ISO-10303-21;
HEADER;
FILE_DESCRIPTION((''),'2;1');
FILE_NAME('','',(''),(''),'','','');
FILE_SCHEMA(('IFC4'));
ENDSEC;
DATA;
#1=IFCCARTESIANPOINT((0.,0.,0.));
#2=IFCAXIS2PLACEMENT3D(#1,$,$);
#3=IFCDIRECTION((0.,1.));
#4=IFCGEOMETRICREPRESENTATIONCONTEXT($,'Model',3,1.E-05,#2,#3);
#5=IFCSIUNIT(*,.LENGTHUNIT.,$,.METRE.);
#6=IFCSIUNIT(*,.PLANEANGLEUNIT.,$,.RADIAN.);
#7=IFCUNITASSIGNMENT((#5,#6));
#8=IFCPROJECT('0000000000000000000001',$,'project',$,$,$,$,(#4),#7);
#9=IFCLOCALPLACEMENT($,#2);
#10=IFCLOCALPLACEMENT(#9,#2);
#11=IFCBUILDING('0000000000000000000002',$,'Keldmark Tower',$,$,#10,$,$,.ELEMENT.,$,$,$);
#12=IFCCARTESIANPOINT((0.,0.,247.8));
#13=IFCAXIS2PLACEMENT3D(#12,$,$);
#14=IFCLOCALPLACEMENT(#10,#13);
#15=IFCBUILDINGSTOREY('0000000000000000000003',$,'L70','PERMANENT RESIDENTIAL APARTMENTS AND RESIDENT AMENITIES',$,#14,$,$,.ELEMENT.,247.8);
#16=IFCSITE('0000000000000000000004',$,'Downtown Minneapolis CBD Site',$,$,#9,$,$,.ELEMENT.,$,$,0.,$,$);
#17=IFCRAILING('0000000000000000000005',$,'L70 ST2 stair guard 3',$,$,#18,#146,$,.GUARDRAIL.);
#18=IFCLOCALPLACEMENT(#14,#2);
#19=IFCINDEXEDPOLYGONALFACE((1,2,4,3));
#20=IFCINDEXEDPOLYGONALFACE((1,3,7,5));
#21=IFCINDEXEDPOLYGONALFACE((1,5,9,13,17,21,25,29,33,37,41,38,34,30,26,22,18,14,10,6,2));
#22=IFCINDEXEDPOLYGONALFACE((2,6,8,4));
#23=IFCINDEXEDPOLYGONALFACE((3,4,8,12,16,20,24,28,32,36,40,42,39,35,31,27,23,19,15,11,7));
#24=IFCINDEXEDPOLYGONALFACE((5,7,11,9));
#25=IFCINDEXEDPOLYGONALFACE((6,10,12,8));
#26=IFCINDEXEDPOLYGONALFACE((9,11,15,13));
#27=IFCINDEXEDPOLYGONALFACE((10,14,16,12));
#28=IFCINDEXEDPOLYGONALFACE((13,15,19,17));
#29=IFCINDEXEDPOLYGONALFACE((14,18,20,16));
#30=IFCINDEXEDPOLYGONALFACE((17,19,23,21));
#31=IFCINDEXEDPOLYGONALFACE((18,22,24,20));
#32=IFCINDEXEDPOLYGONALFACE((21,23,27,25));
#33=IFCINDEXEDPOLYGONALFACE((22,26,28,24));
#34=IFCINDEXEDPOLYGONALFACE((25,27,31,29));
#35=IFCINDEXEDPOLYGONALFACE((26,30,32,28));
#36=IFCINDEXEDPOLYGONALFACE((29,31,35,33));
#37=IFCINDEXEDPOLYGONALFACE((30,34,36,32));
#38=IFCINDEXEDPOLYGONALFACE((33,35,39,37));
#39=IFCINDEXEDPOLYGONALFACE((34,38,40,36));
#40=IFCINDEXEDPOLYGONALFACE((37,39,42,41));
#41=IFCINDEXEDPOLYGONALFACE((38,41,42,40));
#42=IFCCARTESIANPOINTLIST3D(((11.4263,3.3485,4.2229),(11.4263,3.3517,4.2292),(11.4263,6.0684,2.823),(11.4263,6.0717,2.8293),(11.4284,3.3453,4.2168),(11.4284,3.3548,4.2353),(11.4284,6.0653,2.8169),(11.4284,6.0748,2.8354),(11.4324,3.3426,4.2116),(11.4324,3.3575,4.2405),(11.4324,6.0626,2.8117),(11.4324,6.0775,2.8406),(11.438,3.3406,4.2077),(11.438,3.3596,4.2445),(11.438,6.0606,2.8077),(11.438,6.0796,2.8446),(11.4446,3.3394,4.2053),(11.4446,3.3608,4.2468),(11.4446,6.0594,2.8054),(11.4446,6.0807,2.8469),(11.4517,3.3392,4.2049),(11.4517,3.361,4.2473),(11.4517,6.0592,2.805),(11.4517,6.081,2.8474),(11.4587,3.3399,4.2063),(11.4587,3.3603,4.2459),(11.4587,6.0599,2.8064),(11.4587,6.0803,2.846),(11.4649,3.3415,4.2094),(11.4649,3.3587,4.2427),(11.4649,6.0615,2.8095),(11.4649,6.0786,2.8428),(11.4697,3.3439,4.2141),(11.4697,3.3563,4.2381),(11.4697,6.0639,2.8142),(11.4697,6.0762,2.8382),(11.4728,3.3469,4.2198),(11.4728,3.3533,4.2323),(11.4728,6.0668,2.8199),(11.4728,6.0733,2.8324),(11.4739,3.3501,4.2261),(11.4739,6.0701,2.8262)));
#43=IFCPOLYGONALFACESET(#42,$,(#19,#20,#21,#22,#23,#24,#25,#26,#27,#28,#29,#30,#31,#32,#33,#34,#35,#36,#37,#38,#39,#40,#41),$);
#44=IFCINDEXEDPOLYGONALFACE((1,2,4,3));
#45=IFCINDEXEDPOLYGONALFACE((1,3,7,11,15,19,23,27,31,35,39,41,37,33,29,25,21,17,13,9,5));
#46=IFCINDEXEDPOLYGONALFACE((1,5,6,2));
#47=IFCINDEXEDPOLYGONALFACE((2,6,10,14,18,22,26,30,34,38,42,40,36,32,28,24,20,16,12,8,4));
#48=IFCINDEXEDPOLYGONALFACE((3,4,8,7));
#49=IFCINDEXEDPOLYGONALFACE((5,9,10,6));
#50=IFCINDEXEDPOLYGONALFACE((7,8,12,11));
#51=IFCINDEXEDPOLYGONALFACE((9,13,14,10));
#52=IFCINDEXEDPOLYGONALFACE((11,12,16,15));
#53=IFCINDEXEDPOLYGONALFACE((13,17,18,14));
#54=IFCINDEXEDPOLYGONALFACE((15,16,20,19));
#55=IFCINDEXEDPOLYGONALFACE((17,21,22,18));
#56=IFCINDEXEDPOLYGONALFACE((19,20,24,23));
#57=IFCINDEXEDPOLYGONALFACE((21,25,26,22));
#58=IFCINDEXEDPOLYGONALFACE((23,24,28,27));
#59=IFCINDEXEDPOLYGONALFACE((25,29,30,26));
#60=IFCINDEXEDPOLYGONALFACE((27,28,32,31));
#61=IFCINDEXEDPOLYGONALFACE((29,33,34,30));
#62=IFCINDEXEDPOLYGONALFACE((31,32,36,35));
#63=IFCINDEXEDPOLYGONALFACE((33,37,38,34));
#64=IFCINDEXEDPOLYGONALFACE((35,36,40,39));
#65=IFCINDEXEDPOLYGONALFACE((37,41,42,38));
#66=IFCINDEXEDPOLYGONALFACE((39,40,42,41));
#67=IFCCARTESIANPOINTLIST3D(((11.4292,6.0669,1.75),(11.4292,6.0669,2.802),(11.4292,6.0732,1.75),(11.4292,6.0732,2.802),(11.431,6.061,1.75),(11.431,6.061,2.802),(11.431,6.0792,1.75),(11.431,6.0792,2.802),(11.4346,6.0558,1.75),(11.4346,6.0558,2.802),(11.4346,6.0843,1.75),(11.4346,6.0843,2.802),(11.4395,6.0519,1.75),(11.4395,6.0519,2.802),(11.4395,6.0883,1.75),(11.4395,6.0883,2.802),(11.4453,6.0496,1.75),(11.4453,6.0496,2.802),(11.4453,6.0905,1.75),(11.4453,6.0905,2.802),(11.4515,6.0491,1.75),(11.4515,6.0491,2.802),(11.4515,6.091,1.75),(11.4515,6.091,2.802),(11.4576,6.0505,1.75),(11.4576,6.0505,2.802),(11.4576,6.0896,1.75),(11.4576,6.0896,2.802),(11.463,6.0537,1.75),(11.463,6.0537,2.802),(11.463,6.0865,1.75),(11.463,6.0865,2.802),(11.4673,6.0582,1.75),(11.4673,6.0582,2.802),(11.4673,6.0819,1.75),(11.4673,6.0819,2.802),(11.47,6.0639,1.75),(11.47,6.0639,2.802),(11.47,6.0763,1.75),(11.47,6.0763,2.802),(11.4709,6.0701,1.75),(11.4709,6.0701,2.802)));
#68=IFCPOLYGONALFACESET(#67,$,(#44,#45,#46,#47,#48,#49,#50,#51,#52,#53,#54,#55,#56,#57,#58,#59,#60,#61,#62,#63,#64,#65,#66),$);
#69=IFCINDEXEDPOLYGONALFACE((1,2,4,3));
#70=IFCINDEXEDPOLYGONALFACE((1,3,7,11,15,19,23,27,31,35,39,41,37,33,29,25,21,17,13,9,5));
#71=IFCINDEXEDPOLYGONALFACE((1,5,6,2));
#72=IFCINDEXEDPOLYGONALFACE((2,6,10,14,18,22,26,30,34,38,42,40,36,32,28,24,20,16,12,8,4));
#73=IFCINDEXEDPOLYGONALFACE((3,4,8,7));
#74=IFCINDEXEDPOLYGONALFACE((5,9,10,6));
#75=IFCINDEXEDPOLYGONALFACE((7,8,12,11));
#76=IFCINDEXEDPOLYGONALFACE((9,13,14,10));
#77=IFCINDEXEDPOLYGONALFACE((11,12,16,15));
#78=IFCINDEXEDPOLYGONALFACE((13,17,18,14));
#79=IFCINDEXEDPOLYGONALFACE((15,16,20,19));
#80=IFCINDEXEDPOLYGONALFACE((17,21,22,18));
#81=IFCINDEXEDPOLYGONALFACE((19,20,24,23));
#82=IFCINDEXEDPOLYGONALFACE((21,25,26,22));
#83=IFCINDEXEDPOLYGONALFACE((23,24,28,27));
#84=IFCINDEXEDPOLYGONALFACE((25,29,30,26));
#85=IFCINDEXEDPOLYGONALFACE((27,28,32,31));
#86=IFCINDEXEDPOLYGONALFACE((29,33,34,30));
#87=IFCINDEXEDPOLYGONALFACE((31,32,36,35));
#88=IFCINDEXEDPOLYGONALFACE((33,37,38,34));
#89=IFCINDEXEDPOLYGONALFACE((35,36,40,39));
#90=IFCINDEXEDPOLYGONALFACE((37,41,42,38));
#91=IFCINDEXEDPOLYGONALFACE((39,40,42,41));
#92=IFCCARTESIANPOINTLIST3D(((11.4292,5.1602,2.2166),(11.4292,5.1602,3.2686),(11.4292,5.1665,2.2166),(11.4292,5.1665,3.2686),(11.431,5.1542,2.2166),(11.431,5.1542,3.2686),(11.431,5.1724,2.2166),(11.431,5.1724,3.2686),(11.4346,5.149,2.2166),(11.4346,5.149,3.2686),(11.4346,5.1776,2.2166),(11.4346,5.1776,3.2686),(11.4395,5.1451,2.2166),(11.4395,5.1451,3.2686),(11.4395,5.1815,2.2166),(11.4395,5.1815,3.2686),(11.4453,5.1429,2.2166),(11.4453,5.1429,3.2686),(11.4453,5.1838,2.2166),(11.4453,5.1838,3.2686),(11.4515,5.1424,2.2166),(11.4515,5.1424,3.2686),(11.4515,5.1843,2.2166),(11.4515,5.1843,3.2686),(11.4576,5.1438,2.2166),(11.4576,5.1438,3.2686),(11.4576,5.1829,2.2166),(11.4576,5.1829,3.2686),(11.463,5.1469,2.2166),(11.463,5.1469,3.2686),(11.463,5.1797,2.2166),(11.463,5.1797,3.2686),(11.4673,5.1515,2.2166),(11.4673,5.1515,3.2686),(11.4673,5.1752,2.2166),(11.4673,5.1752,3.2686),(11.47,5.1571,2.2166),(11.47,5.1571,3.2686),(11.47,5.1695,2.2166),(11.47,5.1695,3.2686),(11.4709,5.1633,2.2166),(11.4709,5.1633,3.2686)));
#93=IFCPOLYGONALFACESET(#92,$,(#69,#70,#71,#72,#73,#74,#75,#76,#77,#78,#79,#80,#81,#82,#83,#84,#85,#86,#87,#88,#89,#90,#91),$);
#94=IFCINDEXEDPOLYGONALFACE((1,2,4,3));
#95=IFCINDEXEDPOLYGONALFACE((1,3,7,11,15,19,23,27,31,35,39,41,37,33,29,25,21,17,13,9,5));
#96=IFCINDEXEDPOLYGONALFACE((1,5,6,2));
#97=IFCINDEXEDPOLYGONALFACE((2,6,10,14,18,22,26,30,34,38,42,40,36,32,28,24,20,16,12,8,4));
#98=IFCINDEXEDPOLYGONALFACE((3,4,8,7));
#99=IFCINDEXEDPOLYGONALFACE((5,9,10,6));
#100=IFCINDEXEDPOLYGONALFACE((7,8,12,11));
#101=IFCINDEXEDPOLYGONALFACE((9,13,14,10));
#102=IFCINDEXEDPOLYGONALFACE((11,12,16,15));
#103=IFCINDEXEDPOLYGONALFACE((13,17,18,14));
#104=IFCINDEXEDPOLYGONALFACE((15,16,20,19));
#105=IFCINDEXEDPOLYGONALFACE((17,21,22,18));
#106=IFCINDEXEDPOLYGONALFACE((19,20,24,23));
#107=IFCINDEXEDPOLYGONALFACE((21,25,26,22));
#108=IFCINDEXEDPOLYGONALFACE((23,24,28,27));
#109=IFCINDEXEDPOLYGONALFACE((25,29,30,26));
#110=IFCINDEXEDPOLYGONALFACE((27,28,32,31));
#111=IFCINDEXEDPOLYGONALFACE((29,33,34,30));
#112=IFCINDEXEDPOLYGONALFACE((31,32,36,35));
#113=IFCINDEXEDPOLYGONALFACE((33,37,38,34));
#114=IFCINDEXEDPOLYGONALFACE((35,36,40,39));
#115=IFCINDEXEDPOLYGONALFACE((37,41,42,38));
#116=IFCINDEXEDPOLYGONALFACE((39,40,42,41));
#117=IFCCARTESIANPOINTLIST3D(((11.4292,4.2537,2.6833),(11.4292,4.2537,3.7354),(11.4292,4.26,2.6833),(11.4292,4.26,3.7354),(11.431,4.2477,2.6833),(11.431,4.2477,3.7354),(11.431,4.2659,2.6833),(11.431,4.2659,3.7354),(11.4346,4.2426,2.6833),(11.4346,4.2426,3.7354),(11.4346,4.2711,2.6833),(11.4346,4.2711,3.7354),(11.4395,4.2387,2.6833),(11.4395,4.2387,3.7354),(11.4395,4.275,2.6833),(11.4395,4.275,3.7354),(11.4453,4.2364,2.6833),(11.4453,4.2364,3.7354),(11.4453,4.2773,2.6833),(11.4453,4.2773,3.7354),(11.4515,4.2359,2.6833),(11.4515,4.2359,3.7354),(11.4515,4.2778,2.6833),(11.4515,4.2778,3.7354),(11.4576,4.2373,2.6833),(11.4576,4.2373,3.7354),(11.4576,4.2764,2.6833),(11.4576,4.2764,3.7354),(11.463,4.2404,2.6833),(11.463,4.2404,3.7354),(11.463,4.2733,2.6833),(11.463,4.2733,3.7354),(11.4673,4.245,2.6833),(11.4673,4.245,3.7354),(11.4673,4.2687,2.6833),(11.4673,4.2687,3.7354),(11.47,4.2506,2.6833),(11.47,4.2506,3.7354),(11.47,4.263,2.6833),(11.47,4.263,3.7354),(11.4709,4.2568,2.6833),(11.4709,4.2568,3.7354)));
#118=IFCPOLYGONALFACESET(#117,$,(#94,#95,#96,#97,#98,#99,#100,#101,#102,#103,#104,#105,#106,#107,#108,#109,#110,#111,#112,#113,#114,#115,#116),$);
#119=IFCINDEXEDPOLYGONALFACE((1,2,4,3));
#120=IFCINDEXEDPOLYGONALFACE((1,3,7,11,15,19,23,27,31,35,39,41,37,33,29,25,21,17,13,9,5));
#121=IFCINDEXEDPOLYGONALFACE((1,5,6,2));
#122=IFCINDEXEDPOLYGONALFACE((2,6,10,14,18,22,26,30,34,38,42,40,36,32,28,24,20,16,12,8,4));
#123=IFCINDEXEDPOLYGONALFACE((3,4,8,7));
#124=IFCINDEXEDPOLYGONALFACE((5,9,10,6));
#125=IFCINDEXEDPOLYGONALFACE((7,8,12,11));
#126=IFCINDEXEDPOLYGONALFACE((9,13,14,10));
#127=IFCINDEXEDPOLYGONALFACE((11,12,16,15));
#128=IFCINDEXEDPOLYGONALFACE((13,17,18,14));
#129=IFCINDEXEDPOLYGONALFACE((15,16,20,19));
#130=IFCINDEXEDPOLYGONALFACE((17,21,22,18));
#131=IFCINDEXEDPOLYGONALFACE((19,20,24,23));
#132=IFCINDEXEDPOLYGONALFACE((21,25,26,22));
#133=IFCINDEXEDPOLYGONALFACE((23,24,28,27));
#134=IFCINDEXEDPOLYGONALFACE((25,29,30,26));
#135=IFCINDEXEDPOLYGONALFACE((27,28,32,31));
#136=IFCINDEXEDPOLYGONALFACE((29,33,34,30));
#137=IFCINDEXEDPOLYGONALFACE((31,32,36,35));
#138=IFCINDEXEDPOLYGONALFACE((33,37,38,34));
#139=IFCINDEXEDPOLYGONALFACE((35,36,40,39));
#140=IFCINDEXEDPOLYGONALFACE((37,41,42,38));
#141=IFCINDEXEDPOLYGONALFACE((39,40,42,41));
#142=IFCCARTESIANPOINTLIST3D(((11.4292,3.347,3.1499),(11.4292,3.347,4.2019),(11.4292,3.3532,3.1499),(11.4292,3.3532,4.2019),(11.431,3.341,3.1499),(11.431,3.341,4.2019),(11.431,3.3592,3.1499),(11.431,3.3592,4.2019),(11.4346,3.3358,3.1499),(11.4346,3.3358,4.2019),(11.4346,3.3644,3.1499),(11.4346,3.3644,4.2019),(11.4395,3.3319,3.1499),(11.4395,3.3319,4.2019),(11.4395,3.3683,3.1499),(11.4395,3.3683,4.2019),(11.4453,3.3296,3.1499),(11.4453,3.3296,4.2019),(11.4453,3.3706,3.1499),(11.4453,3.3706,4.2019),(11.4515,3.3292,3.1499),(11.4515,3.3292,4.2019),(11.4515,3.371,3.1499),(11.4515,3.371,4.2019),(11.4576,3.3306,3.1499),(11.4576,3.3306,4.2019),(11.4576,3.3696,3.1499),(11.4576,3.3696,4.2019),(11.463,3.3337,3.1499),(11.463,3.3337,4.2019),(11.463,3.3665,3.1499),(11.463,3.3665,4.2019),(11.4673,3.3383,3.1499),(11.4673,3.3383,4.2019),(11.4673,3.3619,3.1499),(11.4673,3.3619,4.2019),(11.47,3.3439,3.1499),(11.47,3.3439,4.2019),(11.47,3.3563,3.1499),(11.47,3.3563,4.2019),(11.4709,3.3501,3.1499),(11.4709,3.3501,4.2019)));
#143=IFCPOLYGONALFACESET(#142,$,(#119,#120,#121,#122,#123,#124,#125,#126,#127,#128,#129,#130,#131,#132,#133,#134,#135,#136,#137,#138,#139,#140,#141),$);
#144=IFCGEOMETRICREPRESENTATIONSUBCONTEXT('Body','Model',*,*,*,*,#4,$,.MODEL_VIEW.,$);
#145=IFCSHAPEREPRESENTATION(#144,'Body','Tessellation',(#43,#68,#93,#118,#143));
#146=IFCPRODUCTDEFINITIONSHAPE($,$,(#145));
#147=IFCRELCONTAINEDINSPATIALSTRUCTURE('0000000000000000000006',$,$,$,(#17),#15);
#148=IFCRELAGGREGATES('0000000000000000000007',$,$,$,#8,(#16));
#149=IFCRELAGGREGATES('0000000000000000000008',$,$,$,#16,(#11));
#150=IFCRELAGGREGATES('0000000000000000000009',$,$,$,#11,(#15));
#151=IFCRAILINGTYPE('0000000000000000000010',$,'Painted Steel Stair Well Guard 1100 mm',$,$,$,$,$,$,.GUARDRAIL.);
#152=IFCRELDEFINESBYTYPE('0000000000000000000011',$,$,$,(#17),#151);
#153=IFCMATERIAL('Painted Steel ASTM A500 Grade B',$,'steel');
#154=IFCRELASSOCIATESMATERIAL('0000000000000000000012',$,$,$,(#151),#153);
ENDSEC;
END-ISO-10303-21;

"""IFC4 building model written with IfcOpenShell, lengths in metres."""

from ifc_helpers import new_model, si_unit, direction, frame, origin, origin_2d, place, context, subcontext, project, spatial, circle, extrude, material, type_object, element, save


model = new_model("IFC4")

# Units and contexts
model_context = context("Model", 3, precision=1e-05, world=origin(), true_north=direction((0.0, 1.0)))
body_context = subcontext(model_context, "Body", "Model", "MODEL_VIEW")
ifc_project = project(units=[si_unit("LENGTHUNIT", "METRE"), si_unit("PLANEANGLEUNIT", "RADIAN")], contexts=[model_context])

# Site, building, storey
site_placement = place(None, origin())
site = spatial("IfcSite", under=ifc_project, at=site_placement, Name="Downtown Minneapolis CBD Site", CompositionType="ELEMENT", RefElevation=0.0)
building_placement = place(site_placement, origin())
building = spatial("IfcBuilding", under=site, at=building_placement, Name="Keldmark Tower", CompositionType="ELEMENT")
storey_placement = place(building_placement, frame((0.0, 0.0, 247.8)))
storey = spatial("IfcBuildingStorey", under=building, at=storey_placement, Name="L70", Description="PERMANENT RESIDENTIAL APARTMENTS AND RESIDENT AMENITIES", CompositionType="ELEMENT", Elevation=247.8)

# Railing
ifc_material_1 = material(Name="Painted Steel ASTM A500 Grade B", Category="steel")
railing_type = type_object("IfcRailingType", Name="Painted Steel Stair Well Guard 1100 mm", PredefinedType="GUARDRAIL", material=ifc_material_1)
railing_1_placement = place(storey_placement, frame((11.45, 6.0701, 1.75)))
element("IfcRailing", 1, at=railing_1_placement, inside=storey, type_object=railing_type, Name="L70 ST2 stair guard 3", PredefinedType="GUARDRAIL", context=body_context, shape_type="SweptSolid", body=[
    extrude(circle(Radius=0.0239, at=origin_2d()), frame((0.0, 0.0, 1.0762), z_axis=(0.0, -0.889147, 0.457622), x_axis=(1.0, 0.0, 0.0)), (0.0, 0.0, 1.0), 3.0591),
    extrude(circle(Radius=0.021, at=origin_2d()), origin(), (0.0, 0.0, 1.0), 1.052),
    extrude(circle(Radius=0.021, at=origin_2d()), frame((0.0, -0.9067, 0.4666)), (0.0, 0.0, 1.0), 1.052),
    extrude(circle(Radius=0.021, at=origin_2d()), frame((0.0, -1.8132, 0.9333)), (0.0, 0.0, 1.0), 1.052),
    extrude(circle(Radius=0.021, at=origin_2d()), frame((0.0, -2.72, 1.3999)), (0.0, 0.0, 1.0), 1.052),
])

save(model, "model.ifc")
